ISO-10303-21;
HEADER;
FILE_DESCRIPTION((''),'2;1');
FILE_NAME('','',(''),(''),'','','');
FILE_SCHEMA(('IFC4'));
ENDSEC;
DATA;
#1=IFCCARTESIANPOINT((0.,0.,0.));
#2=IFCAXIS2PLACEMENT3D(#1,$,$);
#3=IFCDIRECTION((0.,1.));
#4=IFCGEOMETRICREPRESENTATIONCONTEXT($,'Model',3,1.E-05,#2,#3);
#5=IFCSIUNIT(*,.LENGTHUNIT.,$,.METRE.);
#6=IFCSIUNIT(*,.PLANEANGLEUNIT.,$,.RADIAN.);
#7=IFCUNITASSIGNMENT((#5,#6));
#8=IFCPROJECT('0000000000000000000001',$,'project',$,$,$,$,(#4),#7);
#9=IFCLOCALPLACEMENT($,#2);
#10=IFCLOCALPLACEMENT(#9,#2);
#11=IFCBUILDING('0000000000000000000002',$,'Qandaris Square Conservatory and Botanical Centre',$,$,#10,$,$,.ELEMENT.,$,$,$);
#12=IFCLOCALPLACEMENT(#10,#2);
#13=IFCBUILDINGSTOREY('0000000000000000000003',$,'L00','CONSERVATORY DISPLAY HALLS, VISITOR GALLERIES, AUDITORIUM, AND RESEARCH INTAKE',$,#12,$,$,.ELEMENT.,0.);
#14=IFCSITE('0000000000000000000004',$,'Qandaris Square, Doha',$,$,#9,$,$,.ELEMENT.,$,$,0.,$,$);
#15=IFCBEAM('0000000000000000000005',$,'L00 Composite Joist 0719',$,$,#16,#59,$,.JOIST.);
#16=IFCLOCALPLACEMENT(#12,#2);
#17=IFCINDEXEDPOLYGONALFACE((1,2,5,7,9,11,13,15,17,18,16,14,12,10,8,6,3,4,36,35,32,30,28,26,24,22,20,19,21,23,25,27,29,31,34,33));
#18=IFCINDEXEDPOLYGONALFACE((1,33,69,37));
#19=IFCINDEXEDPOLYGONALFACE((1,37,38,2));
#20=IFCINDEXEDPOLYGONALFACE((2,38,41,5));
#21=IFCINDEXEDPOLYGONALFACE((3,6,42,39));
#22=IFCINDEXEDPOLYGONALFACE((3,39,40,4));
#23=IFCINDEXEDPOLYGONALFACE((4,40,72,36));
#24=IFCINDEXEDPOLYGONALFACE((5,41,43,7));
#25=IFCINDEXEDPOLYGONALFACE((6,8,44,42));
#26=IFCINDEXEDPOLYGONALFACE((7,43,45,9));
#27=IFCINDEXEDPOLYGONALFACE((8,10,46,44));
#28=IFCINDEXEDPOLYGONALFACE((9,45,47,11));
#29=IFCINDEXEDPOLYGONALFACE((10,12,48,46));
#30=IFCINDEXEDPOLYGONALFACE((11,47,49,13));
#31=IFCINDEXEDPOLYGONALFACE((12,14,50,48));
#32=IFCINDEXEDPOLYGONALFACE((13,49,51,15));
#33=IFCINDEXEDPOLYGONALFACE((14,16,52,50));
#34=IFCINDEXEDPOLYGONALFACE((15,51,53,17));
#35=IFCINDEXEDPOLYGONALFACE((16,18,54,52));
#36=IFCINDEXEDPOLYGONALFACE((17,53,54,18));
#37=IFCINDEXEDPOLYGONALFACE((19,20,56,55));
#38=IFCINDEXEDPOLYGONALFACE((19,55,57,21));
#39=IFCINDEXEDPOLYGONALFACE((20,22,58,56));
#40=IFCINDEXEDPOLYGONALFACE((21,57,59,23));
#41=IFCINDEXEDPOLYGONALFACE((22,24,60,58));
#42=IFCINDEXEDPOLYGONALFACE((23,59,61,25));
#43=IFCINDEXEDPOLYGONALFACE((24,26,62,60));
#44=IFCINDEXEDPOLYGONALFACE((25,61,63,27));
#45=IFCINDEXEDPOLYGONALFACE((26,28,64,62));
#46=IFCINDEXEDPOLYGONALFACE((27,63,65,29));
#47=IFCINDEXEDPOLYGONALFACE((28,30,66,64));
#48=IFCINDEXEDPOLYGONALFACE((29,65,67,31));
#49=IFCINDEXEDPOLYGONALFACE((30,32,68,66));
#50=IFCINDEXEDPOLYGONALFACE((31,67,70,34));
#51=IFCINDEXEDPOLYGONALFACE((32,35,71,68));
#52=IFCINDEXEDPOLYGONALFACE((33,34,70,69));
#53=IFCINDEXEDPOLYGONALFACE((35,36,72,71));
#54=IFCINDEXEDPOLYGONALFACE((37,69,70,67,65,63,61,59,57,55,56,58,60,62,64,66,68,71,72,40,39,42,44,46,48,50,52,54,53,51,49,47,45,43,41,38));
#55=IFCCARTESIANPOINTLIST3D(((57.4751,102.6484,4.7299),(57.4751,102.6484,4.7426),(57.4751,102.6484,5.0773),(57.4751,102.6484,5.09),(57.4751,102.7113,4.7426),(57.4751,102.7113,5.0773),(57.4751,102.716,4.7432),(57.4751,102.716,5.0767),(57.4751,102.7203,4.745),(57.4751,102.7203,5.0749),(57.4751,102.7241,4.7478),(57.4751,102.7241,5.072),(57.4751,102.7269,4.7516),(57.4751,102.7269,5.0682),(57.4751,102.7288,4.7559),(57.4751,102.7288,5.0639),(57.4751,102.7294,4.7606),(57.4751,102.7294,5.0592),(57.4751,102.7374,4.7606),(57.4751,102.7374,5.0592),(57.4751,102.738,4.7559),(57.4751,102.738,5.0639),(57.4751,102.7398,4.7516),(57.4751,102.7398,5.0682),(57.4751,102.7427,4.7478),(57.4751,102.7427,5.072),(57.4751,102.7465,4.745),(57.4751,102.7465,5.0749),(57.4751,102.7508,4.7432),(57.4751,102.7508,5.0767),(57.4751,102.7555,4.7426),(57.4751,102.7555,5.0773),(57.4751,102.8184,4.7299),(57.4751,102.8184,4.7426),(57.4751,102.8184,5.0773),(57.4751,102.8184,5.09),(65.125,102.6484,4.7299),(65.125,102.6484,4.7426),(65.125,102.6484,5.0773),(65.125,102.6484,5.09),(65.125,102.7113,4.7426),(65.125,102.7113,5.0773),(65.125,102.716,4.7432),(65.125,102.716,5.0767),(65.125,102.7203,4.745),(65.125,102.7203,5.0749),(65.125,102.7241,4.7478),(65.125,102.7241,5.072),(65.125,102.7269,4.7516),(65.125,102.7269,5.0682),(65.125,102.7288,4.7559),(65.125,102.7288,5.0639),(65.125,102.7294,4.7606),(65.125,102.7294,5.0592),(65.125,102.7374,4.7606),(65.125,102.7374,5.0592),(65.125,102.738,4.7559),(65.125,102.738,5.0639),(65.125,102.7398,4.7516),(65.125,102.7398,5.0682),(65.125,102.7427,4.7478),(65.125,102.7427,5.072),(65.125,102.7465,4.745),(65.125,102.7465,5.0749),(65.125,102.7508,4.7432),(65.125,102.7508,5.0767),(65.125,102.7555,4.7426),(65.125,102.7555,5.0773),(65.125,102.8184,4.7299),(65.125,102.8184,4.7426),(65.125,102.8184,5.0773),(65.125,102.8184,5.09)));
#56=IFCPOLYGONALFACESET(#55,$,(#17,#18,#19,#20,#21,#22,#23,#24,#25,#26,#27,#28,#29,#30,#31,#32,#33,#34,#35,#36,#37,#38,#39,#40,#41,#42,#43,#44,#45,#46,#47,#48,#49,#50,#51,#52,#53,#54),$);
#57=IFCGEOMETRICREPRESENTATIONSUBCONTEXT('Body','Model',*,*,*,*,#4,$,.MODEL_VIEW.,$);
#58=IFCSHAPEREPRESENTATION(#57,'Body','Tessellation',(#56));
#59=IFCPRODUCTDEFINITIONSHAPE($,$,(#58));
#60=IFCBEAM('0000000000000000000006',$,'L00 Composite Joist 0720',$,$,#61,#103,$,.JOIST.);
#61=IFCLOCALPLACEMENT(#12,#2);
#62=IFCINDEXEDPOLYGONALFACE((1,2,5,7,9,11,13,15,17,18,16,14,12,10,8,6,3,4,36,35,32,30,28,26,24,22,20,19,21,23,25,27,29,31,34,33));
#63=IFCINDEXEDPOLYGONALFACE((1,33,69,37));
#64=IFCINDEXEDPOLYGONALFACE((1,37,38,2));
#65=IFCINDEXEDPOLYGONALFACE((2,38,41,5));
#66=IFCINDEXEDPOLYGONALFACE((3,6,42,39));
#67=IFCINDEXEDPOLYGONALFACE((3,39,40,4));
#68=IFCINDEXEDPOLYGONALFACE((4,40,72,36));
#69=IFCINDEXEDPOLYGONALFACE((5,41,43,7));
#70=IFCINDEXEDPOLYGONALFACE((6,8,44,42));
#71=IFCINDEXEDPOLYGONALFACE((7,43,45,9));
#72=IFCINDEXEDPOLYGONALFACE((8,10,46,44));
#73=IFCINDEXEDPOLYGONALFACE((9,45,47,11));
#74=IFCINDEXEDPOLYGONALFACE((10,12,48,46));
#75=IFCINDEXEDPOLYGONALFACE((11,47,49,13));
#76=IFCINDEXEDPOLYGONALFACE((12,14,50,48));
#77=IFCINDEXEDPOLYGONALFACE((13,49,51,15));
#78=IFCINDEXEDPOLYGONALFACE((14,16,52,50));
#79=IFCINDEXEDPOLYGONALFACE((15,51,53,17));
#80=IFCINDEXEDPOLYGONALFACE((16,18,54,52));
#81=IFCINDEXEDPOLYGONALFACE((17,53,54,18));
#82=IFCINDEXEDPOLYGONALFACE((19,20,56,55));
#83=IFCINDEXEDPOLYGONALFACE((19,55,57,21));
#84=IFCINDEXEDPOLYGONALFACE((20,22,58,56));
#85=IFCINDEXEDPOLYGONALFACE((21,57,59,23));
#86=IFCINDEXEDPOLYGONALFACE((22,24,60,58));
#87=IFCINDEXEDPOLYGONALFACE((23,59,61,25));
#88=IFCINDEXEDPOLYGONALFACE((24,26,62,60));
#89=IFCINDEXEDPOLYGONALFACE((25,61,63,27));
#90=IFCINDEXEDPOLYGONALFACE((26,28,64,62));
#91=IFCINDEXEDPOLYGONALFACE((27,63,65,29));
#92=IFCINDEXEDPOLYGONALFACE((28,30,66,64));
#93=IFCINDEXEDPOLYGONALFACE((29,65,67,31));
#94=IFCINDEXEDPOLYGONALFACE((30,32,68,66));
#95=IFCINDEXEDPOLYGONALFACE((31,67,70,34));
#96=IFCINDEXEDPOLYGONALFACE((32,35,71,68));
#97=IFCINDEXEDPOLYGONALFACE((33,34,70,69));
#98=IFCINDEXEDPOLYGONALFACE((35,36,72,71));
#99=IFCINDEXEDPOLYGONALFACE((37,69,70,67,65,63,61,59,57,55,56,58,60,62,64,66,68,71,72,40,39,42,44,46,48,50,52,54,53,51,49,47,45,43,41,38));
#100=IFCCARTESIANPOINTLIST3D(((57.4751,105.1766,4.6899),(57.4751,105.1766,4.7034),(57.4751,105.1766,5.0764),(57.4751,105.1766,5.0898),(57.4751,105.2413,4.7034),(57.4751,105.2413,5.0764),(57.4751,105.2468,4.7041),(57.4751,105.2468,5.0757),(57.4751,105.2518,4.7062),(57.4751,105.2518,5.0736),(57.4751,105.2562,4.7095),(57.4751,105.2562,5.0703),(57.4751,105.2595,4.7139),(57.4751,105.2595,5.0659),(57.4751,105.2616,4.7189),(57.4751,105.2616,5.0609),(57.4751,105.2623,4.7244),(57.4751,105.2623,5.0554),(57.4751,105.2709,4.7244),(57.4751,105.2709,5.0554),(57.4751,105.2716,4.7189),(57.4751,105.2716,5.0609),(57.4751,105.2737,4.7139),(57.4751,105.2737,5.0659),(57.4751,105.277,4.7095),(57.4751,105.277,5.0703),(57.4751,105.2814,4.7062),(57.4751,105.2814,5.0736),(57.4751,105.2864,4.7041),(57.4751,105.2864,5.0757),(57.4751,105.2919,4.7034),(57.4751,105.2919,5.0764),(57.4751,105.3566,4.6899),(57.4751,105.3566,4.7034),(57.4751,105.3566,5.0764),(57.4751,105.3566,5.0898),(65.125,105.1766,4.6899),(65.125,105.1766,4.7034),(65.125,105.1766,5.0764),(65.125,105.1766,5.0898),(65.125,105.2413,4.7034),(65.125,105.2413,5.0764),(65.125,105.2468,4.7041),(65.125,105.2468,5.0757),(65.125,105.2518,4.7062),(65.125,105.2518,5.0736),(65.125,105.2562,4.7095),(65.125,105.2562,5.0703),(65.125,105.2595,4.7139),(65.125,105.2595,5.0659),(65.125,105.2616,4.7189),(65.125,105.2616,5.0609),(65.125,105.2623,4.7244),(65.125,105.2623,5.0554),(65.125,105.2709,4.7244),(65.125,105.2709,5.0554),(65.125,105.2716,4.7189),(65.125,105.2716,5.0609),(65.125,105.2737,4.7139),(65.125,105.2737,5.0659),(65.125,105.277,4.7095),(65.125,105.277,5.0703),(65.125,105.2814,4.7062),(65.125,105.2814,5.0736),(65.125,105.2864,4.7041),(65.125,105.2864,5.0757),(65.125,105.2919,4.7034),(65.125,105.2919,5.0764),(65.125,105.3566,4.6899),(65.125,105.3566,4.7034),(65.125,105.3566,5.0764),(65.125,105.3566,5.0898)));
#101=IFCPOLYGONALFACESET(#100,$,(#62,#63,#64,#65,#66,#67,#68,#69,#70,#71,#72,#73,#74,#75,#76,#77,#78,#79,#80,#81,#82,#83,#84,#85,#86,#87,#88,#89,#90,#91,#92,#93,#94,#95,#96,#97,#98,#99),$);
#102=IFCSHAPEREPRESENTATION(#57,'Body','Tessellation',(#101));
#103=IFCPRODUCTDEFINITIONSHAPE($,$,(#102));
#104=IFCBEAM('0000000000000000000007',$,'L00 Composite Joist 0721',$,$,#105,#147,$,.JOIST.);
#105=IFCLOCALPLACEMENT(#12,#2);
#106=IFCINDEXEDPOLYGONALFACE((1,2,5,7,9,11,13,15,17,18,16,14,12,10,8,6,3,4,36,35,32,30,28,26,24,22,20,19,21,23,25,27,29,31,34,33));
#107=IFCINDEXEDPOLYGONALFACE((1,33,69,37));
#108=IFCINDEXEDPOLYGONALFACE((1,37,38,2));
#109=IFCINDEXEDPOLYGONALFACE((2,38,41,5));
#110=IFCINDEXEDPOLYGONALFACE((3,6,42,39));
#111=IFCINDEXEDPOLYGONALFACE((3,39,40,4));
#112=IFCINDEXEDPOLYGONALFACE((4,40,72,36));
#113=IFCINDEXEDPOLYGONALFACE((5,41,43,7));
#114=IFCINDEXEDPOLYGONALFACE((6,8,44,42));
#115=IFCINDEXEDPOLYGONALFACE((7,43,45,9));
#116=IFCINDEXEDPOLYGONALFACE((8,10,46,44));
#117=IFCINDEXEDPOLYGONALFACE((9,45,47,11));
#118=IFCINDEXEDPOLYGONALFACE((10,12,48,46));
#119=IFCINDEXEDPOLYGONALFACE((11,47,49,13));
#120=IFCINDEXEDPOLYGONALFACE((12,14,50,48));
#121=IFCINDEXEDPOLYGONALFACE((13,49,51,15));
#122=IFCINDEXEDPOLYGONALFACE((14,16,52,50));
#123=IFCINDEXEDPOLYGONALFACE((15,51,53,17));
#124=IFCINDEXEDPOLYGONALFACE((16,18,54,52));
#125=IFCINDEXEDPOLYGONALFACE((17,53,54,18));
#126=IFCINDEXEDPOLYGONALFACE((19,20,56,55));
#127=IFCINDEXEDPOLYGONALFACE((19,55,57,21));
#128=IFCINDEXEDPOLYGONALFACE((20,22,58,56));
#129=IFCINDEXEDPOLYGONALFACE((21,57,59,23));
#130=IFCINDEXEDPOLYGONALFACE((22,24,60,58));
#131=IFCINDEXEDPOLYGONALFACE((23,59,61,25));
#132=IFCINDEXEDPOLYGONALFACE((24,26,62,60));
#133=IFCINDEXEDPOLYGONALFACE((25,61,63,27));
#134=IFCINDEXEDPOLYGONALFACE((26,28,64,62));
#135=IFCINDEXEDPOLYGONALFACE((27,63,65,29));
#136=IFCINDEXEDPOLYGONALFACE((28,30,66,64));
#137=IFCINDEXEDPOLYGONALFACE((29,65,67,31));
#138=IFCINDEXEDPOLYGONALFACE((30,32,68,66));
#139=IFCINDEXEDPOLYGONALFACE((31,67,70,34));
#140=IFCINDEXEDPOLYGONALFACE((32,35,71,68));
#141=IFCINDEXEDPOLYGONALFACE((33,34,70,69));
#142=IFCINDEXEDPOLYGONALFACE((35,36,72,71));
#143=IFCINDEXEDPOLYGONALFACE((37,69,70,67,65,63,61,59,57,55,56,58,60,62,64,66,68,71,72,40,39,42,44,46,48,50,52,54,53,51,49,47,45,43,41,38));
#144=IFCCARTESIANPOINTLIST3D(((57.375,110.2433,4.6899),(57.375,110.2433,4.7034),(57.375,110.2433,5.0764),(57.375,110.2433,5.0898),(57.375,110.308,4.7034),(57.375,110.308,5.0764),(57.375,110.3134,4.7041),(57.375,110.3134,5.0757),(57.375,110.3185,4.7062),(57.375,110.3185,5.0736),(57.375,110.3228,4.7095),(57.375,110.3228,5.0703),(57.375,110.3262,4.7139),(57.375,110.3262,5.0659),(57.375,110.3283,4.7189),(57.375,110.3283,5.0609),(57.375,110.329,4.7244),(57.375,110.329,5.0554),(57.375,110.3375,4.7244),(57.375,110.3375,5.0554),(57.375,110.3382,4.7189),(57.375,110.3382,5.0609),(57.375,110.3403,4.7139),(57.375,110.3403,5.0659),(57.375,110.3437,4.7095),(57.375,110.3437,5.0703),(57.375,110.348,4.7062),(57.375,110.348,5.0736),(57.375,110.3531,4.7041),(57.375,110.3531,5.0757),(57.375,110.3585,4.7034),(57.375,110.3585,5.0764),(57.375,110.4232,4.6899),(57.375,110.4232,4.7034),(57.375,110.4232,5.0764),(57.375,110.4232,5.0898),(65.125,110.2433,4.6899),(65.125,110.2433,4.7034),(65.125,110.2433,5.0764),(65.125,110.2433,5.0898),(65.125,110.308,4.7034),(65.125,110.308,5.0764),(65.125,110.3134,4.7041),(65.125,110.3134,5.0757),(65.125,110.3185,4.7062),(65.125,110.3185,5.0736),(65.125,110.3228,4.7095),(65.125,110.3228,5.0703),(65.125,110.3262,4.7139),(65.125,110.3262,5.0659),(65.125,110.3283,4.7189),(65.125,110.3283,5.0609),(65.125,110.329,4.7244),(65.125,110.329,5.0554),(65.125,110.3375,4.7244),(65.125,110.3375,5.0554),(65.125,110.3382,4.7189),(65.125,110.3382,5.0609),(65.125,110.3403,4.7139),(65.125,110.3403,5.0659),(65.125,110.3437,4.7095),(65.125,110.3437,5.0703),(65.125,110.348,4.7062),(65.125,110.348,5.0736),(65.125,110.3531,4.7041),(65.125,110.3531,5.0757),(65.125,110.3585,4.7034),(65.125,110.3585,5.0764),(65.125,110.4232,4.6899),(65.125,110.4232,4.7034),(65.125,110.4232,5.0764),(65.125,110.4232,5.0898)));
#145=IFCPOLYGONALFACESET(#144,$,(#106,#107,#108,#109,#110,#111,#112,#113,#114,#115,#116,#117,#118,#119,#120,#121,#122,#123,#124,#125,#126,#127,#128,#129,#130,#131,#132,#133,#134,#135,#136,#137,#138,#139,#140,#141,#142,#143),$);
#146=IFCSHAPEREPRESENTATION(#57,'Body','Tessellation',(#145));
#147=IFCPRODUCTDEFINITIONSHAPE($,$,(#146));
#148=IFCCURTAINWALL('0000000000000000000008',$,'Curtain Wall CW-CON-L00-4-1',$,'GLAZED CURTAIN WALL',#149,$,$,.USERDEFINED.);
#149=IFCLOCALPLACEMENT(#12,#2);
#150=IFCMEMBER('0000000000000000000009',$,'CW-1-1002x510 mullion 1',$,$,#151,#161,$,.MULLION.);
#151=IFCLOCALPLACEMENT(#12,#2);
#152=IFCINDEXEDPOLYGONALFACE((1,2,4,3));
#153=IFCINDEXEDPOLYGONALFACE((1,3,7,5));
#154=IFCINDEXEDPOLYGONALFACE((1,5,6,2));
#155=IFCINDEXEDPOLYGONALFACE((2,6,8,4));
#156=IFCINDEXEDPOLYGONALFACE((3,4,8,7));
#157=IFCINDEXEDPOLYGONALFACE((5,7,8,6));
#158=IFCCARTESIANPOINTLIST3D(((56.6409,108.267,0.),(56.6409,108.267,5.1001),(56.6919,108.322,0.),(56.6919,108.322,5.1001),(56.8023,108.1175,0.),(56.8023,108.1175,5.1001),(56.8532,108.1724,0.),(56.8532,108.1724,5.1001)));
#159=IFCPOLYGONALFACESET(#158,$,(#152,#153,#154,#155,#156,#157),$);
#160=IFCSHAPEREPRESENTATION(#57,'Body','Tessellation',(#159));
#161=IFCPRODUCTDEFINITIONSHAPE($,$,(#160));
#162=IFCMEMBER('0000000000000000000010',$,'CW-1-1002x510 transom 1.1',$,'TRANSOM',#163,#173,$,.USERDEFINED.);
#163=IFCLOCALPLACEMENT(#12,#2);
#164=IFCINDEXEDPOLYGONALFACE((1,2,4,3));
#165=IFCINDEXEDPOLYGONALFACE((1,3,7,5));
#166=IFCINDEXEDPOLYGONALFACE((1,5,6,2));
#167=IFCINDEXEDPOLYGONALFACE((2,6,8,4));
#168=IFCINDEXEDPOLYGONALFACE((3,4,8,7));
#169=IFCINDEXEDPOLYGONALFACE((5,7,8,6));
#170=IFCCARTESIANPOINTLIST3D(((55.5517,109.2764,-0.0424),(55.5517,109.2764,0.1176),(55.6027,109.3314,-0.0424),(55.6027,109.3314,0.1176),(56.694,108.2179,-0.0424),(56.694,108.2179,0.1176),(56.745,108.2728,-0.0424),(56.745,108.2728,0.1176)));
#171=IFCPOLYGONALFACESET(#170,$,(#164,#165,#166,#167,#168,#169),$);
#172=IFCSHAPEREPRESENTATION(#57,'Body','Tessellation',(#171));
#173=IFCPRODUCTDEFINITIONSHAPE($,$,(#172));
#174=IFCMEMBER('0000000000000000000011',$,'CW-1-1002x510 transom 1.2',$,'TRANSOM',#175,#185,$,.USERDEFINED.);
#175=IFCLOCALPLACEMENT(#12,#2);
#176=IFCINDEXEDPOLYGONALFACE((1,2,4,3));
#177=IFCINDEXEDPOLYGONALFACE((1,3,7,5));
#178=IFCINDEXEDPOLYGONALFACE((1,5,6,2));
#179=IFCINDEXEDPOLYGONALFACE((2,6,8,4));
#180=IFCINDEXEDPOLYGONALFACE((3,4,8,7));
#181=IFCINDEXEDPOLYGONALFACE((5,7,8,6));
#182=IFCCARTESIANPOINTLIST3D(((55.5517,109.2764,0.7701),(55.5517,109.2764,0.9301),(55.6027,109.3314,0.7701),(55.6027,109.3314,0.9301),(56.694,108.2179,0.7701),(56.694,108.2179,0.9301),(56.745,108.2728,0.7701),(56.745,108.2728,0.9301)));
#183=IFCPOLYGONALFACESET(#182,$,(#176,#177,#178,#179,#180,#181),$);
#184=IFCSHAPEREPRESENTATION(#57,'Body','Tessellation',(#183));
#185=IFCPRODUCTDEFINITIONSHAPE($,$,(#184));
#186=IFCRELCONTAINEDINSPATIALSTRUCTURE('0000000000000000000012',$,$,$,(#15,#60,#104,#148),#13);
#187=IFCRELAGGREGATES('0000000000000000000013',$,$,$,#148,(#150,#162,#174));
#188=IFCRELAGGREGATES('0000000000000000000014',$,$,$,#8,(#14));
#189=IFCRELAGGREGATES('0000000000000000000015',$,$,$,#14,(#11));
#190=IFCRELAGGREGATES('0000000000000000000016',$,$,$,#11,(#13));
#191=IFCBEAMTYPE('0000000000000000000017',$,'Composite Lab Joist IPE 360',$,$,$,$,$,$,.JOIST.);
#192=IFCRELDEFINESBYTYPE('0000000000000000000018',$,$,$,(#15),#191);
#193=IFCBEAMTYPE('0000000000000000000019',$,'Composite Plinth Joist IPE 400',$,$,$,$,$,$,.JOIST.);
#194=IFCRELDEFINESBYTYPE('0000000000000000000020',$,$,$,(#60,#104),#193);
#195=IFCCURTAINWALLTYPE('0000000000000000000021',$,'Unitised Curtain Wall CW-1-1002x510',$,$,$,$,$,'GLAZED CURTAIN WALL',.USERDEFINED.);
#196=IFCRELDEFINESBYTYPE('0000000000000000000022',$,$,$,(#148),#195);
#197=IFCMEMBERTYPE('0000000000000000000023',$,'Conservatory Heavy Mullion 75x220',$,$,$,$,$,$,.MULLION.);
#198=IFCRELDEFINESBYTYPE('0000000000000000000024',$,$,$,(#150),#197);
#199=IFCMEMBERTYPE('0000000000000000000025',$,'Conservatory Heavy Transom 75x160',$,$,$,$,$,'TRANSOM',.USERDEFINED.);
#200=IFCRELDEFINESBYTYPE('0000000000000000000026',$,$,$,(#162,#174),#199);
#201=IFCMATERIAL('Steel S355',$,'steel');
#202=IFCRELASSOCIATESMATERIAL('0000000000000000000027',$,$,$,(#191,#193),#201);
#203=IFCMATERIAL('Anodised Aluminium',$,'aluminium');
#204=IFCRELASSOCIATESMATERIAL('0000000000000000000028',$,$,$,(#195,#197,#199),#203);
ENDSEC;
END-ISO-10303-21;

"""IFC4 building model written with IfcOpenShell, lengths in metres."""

from ifc_helpers import new_model, si_unit, direction, frame, origin, origin_2d, place, context, subcontext, project, spatial, rectangle, i_section, extrude, material, material_profile, profile_set, type_object, element, aggregate, save


model = new_model("IFC4")

# Units and contexts
model_context = context("Model", 3, precision=1e-05, world=origin(), true_north=direction((0.0, 1.0)))
body_context = subcontext(model_context, "Body", "Model", "MODEL_VIEW")
ifc_project = project(units=[si_unit("LENGTHUNIT", "METRE"), si_unit("PLANEANGLEUNIT", "RADIAN")], contexts=[model_context])

# Site, building, storey
site_placement = place(None, origin())
site = spatial("IfcSite", under=ifc_project, at=site_placement, Name="Qandaris Square, Doha", CompositionType="ELEMENT", RefElevation=0.0)
building_placement = place(site_placement, origin())
building = spatial("IfcBuilding", under=site, at=building_placement, Name="Qandaris Square Conservatory and Botanical Centre", CompositionType="ELEMENT")
storey_placement = place(building_placement, origin())
storey = spatial("IfcBuildingStorey", under=building, at=storey_placement, Name="L00", Description="CONSERVATORY DISPLAY HALLS, VISITOR GALLERIES, AUDITORIUM, AND RESEARCH INTAKE", CompositionType="ELEMENT", Elevation=0.0)

# Beams
ifc_material_1 = material(Name="Steel S355", Category="steel")
ifc_material_profile_1 = material_profile(ifc_material_1, i_section(OverallWidth=0.1699, OverallDepth=0.3601, WebThickness=0.0081, FlangeThickness=0.0127, FilletRadius=0.0181, at=origin_2d()), Name="IPE 360")
ifc_profile_set_1 = profile_set([ifc_material_profile_1], Name="Steel S355")
beam_type_1 = type_object("IfcBeamType", Name="Composite Lab Joist IPE 360", PredefinedType="JOIST", material=ifc_profile_set_1)
beam_1_placement = place(storey_placement, frame((57.4751, 102.7334, 4.9099), z_axis=(1.0, 0.0, 0.0), x_axis=(0.0, 1.0, 0.0)))
element("IfcBeam", 1, at=beam_1_placement, inside=storey, type_object=beam_type_1, Name="L00 Composite Joist 0719", PredefinedType="JOIST", context=body_context, shape_type="SweptSolid", body=[
    extrude(i_section(OverallWidth=0.1699, OverallDepth=0.3601, WebThickness=0.0081, FlangeThickness=0.0127, FilletRadius=0.0181, at=origin_2d()), origin(), (0.0, 0.0, 1.0), 7.6499),
])
ifc_material_profile_2 = material_profile(ifc_material_1, i_section(OverallWidth=0.1799, OverallDepth=0.3999, WebThickness=0.0085, FlangeThickness=0.0134, FilletRadius=0.021, at=origin_2d()), Name="IPE 400")
ifc_profile_set_2 = profile_set([ifc_material_profile_2], Name="Steel S355")
beam_type_2 = type_object("IfcBeamType", Name="Composite Plinth Joist IPE 400", PredefinedType="JOIST", material=ifc_profile_set_2)
beam_2_placement = place(storey_placement, frame((57.4751, 105.2666, 4.8899), z_axis=(1.0, 0.0, 0.0), x_axis=(0.0, 1.0, 0.0)))
element("IfcBeam", 2, at=beam_2_placement, inside=storey, type_object=beam_type_2, Name="L00 Composite Joist 0720", PredefinedType="JOIST", context=body_context, shape_type="SweptSolid", body=[
    extrude(i_section(OverallWidth=0.1799, OverallDepth=0.3999, WebThickness=0.0085, FlangeThickness=0.0134, FilletRadius=0.021, at=origin_2d()), origin(), (0.0, 0.0, 1.0), 7.6499),
])
beam_3_placement = place(storey_placement, frame((57.375, 110.3333, 4.8899), z_axis=(1.0, 0.0, 0.0), x_axis=(0.0, 1.0, 0.0)))
element("IfcBeam", 3, at=beam_3_placement, inside=storey, type_object=beam_type_2, Name="L00 Composite Joist 0721", PredefinedType="JOIST", context=body_context, shape_type="SweptSolid", body=[
    extrude(i_section(OverallWidth=0.1799, OverallDepth=0.3999, WebThickness=0.0085, FlangeThickness=0.0134, FilletRadius=0.021, at=origin_2d()), origin(), (0.0, 0.0, 1.0), 7.75),
])

# Curtain wall, members
ifc_material_2 = material(Name="Anodised Aluminium", Category="aluminium")
curtain_wall_type = type_object("IfcCurtainWallType", Name="Unitised Curtain Wall CW-1-1002x510", ElementType="GLAZED CURTAIN WALL", PredefinedType="USERDEFINED", material=ifc_material_2)
curtain_wall_placement = place(storey_placement, origin())
curtain_wall = element("IfcCurtainWall", 4, at=curtain_wall_placement, inside=storey, type_object=curtain_wall_type, Name="Curtain Wall CW-CON-L00-4-1", ObjectType="GLAZED CURTAIN WALL", PredefinedType="USERDEFINED")
ifc_material_profile_3 = material_profile(ifc_material_2, rectangle(XDim=0.075, YDim=0.22, at=origin_2d()), Name="ALU-MUL 75x220")
ifc_profile_set_3 = profile_set([ifc_material_profile_3], Name="Anodised Aluminium")
member_type_1 = type_object("IfcMemberType", Name="Conservatory Heavy Mullion 75x220", PredefinedType="MULLION", material=ifc_profile_set_3)
member_1_placement = place(storey_placement, frame((56.7471, 108.2197, 0.0), z_axis=(0.0, 0.0, 1.0), x_axis=(-0.679762, -0.733433, 0.0)))
member_1 = element("IfcMember", 5, at=member_1_placement, type_object=member_type_1, Name="CW-1-1002x510 mullion 1", PredefinedType="MULLION", context=body_context, shape_type="SweptSolid", body=[
    extrude(rectangle(XDim=0.075, YDim=0.22, at=origin_2d()), origin(), (0.0, 0.0, 1.0), 5.1001),
])
ifc_material_profile_4 = material_profile(ifc_material_2, rectangle(XDim=0.075, YDim=0.1599, at=origin_2d()), Name="ALU-TRN 75x160")
ifc_profile_set_4 = profile_set([ifc_material_profile_4], Name="Anodised Aluminium")
member_type_2 = type_object("IfcMemberType", Name="Conservatory Heavy Transom 75x160", ElementType="TRANSOM", PredefinedType="USERDEFINED", material=ifc_profile_set_4)
member_2_placement = place(storey_placement, frame((56.7195, 108.2454, 0.0376), z_axis=(-0.73348, 0.679711, 0.0), x_axis=(-0.679711, -0.73348, 0.0)))
member_2 = element("IfcMember", 6, at=member_2_placement, type_object=member_type_2, Name="CW-1-1002x510 transom 1.1", ObjectType="TRANSOM", PredefinedType="USERDEFINED", context=body_context, shape_type="SweptSolid", body=[
    extrude(rectangle(XDim=0.075, YDim=0.1599, at=origin_2d()), origin(), (0.0, 0.0, 1.0), 1.5574),
])
member_3_placement = place(storey_placement, frame((56.7195, 108.2454, 0.8501), z_axis=(-0.73348, 0.679711, 0.0), x_axis=(-0.679711, -0.73348, 0.0)))
member_3 = element("IfcMember", 7, at=member_3_placement, type_object=member_type_2, Name="CW-1-1002x510 transom 1.2", ObjectType="TRANSOM", PredefinedType="USERDEFINED", context=body_context, shape_type="SweptSolid", body=[
    extrude(rectangle(XDim=0.075, YDim=0.1599, at=origin_2d()), origin(), (0.0, 0.0, 1.0), 1.5574),
])

aggregate(curtain_wall, [member_1, member_2, member_3])

save(model, "model.ifc")
